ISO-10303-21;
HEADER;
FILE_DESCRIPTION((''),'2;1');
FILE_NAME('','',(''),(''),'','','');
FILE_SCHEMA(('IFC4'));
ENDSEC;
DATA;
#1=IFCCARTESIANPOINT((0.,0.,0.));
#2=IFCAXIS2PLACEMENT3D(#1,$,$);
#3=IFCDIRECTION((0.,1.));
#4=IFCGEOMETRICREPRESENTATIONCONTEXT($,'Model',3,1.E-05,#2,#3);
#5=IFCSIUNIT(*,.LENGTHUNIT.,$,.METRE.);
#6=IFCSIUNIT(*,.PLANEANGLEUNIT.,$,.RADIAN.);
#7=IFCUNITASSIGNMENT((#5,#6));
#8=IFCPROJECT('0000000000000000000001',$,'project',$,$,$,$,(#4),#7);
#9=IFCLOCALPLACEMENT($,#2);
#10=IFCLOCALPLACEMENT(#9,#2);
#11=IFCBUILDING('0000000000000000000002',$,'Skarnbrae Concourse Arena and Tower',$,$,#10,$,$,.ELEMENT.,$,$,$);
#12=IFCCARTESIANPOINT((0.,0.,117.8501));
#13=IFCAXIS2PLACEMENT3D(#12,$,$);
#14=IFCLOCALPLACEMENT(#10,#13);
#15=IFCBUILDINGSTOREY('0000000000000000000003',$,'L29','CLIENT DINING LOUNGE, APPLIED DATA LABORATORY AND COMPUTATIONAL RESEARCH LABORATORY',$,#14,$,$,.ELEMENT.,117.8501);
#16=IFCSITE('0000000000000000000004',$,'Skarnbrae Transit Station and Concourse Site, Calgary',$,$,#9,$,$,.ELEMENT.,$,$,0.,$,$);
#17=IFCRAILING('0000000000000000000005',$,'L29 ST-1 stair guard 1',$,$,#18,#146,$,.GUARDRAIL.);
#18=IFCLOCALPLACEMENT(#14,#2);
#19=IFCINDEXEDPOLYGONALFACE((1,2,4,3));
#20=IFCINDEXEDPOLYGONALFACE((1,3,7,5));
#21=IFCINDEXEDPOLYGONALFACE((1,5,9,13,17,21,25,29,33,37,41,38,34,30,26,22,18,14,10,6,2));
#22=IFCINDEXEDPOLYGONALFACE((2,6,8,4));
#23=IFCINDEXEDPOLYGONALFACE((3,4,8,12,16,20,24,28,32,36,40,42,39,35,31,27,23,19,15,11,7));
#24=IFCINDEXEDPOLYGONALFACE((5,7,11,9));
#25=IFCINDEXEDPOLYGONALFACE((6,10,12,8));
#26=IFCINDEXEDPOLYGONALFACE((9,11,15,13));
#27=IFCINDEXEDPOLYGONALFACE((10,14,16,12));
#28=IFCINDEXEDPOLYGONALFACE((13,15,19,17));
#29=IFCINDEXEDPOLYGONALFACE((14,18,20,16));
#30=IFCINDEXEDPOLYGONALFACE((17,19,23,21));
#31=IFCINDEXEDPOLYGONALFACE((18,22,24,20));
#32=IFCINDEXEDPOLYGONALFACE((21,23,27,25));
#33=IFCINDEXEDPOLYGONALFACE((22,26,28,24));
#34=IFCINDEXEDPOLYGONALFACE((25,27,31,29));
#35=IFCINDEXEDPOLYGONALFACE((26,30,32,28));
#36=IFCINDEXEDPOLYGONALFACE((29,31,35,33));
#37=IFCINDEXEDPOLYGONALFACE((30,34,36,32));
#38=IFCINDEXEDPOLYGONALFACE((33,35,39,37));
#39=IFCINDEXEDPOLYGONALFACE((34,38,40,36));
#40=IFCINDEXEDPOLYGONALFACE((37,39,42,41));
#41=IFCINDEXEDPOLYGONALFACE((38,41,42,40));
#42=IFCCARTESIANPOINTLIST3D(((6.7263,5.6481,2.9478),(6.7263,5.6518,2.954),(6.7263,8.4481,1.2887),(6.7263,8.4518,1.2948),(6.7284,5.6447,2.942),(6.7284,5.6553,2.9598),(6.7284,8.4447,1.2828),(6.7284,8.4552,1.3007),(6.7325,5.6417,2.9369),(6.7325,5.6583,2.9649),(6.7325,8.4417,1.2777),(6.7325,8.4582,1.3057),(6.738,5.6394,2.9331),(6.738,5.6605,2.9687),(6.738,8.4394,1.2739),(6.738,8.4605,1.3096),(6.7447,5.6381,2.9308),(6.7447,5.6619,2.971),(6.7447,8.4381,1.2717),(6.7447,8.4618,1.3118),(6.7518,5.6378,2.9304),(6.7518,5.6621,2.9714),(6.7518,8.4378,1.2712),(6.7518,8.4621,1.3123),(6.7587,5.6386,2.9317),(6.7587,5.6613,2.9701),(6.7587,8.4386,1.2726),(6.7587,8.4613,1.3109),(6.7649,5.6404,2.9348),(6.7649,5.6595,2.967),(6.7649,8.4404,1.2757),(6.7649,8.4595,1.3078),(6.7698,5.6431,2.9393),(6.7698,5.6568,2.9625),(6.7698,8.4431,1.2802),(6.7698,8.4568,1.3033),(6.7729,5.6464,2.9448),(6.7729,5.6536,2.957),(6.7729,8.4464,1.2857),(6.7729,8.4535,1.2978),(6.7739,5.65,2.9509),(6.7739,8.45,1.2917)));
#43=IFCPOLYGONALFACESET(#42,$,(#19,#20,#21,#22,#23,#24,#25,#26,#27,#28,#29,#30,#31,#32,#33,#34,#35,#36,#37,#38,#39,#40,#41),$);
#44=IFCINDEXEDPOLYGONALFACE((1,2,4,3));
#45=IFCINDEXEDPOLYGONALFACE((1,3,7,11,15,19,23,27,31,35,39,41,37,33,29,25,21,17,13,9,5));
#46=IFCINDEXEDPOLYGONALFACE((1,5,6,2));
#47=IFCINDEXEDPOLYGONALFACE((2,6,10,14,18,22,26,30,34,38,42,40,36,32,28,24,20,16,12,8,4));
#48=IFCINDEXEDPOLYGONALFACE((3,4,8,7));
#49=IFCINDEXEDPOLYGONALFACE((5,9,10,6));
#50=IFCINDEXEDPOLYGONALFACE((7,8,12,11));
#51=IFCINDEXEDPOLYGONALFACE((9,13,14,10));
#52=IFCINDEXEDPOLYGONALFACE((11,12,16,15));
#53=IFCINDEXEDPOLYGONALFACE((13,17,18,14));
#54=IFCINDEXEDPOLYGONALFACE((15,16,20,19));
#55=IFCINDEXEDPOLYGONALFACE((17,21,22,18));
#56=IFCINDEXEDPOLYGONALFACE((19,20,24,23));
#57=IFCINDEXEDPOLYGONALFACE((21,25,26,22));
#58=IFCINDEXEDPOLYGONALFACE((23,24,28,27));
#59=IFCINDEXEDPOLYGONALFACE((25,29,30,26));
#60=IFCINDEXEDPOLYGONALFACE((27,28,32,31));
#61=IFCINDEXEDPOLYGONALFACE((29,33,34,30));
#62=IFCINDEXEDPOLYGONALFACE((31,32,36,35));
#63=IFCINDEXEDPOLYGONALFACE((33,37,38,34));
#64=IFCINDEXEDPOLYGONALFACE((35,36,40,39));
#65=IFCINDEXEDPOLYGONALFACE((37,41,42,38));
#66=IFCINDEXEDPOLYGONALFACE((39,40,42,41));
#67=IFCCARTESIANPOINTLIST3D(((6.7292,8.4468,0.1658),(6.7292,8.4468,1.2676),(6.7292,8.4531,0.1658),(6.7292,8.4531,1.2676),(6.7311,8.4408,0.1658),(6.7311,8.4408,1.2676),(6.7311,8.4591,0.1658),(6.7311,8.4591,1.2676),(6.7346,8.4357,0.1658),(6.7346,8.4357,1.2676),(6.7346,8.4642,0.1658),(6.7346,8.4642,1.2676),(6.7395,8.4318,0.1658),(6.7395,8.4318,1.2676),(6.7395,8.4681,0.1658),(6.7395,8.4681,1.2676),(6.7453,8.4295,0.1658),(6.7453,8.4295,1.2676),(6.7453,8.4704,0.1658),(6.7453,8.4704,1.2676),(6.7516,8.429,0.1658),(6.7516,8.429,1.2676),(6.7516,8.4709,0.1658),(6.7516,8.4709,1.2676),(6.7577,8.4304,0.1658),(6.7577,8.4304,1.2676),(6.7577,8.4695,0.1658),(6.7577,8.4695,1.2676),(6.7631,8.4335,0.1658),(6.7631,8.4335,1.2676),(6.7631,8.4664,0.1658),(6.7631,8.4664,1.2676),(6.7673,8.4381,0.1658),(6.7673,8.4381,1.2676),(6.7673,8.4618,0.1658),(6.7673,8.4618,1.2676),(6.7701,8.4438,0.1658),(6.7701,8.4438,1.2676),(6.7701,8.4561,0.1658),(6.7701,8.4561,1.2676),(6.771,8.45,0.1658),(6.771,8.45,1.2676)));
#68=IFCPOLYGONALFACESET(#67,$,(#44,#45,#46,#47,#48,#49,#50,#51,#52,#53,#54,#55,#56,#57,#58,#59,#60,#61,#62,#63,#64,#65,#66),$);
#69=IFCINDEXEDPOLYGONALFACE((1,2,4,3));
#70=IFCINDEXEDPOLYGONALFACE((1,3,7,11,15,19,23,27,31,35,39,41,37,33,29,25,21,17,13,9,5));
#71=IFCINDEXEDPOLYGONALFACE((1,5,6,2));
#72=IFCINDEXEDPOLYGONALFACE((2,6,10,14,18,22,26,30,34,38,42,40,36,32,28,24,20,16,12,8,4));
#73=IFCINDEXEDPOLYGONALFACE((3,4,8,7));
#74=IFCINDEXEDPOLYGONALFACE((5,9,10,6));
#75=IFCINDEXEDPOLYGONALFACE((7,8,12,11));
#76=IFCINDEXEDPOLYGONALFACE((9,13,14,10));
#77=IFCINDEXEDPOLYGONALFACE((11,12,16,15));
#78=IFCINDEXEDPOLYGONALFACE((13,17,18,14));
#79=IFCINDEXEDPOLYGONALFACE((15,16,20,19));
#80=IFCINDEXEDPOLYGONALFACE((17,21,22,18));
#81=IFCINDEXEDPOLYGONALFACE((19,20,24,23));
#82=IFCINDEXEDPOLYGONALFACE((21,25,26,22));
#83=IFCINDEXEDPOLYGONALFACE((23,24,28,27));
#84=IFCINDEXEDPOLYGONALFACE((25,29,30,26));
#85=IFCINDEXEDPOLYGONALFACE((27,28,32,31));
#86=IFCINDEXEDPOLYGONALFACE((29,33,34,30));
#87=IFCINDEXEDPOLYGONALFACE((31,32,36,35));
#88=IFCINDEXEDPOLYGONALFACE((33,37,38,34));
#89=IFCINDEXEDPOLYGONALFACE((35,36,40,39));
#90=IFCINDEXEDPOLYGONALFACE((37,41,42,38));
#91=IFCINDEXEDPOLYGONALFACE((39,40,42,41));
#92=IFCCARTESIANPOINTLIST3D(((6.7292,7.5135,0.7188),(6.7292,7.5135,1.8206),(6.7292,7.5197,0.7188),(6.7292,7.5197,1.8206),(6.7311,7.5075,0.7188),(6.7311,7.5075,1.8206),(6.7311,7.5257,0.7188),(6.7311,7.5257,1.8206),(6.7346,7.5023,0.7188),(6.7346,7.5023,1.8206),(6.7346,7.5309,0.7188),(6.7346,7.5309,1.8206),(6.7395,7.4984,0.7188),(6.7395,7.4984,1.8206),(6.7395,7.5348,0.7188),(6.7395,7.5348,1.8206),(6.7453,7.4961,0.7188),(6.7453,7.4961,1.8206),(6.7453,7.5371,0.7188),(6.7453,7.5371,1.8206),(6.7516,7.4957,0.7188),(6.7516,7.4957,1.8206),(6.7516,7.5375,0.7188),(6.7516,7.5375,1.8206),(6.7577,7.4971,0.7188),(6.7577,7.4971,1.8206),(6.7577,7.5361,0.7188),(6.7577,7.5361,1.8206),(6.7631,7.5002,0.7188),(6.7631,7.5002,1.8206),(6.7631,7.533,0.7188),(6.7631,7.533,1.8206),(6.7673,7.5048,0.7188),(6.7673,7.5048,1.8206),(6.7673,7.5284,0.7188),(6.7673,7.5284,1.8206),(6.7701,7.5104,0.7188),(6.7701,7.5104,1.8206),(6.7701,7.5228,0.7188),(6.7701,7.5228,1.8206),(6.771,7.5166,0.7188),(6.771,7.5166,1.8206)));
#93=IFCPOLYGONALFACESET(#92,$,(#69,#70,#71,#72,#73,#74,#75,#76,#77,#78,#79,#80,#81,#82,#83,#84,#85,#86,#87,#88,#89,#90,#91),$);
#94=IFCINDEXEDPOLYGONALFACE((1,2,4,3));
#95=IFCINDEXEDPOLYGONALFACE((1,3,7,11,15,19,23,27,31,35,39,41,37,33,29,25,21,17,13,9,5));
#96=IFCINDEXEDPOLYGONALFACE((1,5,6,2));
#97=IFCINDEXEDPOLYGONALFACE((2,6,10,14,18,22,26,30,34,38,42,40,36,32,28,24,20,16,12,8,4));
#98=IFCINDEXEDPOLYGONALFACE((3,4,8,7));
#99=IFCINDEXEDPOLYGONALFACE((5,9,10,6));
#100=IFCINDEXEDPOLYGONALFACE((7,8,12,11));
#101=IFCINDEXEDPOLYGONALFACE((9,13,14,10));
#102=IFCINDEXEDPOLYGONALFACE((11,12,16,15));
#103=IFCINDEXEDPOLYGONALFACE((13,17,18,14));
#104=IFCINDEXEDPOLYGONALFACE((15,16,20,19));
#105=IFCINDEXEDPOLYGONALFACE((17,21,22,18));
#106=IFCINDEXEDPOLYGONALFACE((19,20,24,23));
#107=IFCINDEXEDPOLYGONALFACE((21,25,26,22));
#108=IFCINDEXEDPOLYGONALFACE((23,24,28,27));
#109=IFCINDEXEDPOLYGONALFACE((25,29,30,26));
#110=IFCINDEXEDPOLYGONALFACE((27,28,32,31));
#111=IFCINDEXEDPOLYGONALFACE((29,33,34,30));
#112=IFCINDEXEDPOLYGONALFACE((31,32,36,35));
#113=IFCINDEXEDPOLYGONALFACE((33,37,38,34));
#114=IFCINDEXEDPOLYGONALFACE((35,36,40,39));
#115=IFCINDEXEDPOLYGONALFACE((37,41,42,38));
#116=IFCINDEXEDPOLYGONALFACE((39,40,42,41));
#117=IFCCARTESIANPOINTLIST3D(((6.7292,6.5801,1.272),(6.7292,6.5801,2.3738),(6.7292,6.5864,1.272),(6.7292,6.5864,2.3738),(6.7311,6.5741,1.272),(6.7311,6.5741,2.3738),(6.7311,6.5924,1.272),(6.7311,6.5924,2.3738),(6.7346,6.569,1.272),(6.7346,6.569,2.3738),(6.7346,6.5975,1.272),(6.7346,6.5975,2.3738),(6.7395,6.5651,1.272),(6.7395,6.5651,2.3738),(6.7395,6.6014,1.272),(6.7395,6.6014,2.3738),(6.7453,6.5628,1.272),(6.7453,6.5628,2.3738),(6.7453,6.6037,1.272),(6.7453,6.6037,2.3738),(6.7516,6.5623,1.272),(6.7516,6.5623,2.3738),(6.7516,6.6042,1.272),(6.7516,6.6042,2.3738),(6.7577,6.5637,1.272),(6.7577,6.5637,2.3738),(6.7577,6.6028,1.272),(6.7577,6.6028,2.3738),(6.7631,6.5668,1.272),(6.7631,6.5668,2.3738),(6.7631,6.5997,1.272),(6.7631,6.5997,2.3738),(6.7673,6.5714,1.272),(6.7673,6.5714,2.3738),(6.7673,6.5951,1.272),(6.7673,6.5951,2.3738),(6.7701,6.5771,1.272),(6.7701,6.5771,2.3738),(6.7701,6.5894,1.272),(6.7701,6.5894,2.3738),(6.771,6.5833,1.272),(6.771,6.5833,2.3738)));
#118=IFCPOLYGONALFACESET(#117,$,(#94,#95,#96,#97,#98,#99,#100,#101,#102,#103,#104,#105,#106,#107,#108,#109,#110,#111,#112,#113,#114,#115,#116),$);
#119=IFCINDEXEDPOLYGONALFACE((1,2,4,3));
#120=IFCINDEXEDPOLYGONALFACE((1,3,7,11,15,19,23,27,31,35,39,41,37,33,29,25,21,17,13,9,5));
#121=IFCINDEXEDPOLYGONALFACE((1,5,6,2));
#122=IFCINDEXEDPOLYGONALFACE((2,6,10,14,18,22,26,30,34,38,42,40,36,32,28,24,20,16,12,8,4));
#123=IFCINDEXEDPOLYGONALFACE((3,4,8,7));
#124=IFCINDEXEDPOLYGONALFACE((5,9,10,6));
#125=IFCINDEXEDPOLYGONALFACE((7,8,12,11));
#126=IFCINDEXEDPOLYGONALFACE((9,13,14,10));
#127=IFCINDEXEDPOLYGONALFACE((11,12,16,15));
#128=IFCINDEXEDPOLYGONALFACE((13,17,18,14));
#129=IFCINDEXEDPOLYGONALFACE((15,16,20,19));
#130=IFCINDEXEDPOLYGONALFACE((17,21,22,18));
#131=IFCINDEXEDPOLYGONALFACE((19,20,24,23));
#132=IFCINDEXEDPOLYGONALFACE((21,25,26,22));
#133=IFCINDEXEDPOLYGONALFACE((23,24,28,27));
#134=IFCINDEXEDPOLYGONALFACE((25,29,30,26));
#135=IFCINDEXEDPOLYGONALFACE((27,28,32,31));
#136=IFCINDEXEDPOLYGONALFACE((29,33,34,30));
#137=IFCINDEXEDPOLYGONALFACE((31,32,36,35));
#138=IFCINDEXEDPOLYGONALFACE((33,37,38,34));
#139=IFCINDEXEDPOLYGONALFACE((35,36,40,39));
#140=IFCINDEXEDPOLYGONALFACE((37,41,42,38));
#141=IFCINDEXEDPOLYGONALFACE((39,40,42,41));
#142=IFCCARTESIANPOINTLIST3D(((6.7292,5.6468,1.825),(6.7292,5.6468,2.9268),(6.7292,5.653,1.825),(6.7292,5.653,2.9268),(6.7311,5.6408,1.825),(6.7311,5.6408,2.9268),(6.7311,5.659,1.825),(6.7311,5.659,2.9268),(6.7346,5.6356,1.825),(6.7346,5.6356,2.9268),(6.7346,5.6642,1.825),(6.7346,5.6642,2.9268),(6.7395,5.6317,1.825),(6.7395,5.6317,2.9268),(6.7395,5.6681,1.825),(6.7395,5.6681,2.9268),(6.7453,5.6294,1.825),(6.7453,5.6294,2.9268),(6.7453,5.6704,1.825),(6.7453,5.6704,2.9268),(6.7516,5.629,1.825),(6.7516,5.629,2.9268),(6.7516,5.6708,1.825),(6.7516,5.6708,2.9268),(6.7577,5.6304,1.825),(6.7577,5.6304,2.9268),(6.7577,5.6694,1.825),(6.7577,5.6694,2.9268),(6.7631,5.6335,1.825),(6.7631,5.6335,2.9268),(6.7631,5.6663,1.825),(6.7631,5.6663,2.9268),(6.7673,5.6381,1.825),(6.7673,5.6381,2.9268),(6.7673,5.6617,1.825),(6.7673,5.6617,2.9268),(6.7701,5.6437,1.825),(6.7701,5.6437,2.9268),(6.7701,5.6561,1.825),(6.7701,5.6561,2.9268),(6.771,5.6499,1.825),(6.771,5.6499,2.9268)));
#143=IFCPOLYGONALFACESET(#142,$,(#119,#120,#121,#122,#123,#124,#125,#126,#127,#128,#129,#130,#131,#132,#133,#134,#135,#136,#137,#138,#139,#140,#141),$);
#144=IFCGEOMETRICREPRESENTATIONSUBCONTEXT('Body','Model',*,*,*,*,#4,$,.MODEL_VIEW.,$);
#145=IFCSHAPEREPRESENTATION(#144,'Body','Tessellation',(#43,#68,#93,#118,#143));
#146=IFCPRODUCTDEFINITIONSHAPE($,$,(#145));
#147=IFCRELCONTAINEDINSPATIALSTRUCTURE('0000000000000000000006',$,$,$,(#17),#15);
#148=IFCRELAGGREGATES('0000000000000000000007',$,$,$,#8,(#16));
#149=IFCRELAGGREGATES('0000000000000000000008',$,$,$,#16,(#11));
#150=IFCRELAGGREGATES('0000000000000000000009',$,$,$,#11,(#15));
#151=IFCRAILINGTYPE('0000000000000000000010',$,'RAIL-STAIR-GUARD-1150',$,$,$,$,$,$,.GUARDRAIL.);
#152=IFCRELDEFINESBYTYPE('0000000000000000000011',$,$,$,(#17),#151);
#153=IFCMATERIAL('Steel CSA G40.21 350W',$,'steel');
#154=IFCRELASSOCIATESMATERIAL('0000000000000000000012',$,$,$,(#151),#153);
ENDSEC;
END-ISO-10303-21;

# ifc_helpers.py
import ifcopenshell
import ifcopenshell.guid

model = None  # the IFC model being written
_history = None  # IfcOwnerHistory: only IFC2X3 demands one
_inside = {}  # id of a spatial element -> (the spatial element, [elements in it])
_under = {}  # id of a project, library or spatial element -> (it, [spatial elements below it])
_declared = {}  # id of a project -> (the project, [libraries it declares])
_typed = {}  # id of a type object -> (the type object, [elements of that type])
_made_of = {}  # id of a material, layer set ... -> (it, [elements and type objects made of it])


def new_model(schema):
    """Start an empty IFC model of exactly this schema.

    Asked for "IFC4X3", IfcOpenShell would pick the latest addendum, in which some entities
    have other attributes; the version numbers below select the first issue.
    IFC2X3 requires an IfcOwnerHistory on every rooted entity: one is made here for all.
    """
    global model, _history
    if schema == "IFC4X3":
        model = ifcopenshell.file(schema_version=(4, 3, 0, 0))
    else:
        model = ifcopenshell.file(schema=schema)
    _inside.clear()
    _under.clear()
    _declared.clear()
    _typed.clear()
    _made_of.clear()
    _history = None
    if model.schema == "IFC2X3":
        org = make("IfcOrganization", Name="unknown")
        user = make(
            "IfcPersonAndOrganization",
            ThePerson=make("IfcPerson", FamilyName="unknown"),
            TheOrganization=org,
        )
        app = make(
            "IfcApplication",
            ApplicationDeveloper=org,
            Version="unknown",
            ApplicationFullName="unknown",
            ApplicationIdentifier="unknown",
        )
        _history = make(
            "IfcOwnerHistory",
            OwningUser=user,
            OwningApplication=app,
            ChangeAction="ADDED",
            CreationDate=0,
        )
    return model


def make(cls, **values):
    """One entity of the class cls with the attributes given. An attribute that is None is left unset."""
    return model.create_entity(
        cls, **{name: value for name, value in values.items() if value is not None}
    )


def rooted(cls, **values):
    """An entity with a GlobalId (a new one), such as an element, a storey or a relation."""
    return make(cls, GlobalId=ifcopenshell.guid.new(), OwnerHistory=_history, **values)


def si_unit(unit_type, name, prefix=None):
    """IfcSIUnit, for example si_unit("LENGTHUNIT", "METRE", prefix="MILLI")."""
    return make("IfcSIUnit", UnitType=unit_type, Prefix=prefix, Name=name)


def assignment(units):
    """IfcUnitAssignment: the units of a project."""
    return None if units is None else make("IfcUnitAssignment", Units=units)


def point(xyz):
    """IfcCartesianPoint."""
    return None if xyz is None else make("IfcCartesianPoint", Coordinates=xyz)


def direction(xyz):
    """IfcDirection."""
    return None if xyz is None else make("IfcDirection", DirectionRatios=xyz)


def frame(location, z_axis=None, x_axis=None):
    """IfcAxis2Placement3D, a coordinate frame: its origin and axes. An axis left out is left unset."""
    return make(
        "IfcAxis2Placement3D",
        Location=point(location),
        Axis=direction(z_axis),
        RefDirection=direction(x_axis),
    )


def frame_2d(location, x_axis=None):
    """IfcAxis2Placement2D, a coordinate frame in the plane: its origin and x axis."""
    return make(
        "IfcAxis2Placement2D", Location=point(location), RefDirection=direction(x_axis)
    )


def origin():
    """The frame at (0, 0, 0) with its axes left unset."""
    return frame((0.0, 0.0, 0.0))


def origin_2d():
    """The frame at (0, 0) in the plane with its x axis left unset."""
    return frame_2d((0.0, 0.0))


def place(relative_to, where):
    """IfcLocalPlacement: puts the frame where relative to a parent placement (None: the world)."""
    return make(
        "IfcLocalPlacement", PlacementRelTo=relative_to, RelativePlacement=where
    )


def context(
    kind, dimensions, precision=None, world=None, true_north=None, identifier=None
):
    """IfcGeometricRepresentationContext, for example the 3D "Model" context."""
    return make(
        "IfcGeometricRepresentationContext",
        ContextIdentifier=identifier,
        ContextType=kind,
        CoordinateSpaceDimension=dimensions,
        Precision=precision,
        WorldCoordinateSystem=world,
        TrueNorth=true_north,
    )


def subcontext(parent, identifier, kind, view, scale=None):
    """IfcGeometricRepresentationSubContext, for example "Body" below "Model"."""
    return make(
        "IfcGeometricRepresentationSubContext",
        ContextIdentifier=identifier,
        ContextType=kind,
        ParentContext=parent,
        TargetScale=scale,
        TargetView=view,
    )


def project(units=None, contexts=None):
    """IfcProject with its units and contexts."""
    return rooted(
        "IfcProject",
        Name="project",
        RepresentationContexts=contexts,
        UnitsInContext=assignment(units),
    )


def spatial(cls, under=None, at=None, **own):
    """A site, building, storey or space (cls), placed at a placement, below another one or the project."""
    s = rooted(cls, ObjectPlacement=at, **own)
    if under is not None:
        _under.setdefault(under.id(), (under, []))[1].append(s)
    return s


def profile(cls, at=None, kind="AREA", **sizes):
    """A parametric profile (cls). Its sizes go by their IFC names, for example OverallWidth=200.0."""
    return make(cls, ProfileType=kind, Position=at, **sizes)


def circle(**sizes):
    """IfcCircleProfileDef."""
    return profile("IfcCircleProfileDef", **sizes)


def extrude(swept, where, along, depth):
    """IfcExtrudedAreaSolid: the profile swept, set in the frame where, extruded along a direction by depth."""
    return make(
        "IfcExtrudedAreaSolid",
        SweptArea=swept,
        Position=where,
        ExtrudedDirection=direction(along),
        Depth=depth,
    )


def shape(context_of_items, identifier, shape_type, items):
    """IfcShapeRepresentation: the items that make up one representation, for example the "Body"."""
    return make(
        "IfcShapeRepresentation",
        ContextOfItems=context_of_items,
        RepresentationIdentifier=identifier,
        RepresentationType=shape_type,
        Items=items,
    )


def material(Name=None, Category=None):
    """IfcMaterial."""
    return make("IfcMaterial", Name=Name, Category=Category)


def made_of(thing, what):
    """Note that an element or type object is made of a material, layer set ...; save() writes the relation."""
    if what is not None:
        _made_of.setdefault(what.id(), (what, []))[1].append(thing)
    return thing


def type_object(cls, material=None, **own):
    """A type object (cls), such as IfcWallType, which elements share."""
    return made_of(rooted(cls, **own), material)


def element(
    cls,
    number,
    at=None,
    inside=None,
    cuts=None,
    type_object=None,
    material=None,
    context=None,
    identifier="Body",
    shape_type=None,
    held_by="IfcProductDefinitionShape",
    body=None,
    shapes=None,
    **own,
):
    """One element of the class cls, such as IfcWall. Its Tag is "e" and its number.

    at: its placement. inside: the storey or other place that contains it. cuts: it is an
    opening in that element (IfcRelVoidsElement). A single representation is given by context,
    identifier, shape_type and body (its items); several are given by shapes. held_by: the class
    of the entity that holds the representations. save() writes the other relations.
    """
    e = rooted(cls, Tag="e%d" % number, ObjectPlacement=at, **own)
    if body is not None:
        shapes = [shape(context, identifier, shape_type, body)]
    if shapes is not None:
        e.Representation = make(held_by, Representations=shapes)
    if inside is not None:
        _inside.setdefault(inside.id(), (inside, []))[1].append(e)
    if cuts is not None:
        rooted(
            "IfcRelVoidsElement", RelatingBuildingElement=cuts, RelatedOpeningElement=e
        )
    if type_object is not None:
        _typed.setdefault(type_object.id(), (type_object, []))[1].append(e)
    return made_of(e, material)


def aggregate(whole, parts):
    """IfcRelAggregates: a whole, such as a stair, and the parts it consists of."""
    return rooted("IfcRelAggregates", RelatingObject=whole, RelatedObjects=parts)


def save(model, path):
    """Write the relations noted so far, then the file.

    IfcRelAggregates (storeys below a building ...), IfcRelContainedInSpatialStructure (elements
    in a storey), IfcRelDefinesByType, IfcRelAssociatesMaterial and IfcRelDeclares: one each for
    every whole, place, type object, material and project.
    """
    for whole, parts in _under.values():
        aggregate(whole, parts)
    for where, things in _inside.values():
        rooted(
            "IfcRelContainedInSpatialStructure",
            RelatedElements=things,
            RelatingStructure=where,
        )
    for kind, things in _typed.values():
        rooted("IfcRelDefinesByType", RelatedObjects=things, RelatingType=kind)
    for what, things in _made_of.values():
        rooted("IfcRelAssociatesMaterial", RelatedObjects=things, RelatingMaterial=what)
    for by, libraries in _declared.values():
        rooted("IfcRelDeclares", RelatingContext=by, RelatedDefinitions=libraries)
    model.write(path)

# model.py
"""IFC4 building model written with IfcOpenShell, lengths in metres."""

from ifc_helpers import new_model, si_unit, direction, frame, origin, origin_2d, place, context, subcontext, project, spatial, circle, extrude, material, type_object, element, save


model = new_model("IFC4")

# Units and contexts
model_context = context("Model", 3, precision=1e-05, world=origin(), true_north=direction((0.0, 1.0)))
body_context = subcontext(model_context, "Body", "Model", "MODEL_VIEW")
ifc_project = project(units=[si_unit("LENGTHUNIT", "METRE"), si_unit("PLANEANGLEUNIT", "RADIAN")], contexts=[model_context])

# Site, building, storey
site_placement = place(None, origin())
site = spatial("IfcSite", under=ifc_project, at=site_placement, Name="Skarnbrae Transit Station and Concourse Site, Calgary", CompositionType="ELEMENT", RefElevation=0.0)
building_placement = place(site_placement, origin())
building = spatial("IfcBuilding", under=site, at=building_placement, Name="Skarnbrae Concourse Arena and Tower", CompositionType="ELEMENT")
storey_placement = place(building_placement, frame((0.0, 0.0, 117.8501)))
storey = spatial("IfcBuildingStorey", under=building, at=storey_placement, Name="L29", Description="CLIENT DINING LOUNGE, APPLIED DATA LABORATORY AND COMPUTATIONAL RESEARCH LABORATORY", CompositionType="ELEMENT", Elevation=117.8501)

# Shared definitions
ifc_material_1 = material(Name="Steel CSA G40.21 350W", Category="steel")

# Railing
railing_type_1 = type_object("IfcRailingType", Name="RAIL-STAIR-GUARD-1150", PredefinedType="GUARDRAIL", material=ifc_material_1)
railing_1_placement = place(storey_placement, frame((6.75, 8.45, 0.1658)))
element("IfcRailing", 1, at=railing_1_placement, inside=storey, type_object=railing_type_1, Name="L29 ST-1 stair guard 1", PredefinedType="GUARDRAIL", context=body_context, shape_type="SweptSolid", body=[
    extrude(circle(Radius=0.0239, at=origin_2d()), frame((0.0, 0.0, 1.126), z_axis=(0.0, -0.860306, 0.509778), x_axis=(1.0, 0.0, 0.0)), (0.0, 0.0, 1.0), 3.2546),
    extrude(circle(Radius=0.021, at=origin_2d()), origin(), (0.0, 0.0, 1.0), 1.1018),
    extrude(circle(Radius=0.021, at=origin_2d()), frame((0.0, -0.9333, 0.553)), (0.0, 0.0, 1.0), 1.1018),
    extrude(circle(Radius=0.021, at=origin_2d()), frame((0.0, -1.8667, 1.1062)), (0.0, 0.0, 1.0), 1.1018),
    extrude(circle(Radius=0.021, at=origin_2d()), frame((0.0, -2.8, 1.6592)), (0.0, 0.0, 1.0), 1.1018),
])

save(model, "model.ifc")
